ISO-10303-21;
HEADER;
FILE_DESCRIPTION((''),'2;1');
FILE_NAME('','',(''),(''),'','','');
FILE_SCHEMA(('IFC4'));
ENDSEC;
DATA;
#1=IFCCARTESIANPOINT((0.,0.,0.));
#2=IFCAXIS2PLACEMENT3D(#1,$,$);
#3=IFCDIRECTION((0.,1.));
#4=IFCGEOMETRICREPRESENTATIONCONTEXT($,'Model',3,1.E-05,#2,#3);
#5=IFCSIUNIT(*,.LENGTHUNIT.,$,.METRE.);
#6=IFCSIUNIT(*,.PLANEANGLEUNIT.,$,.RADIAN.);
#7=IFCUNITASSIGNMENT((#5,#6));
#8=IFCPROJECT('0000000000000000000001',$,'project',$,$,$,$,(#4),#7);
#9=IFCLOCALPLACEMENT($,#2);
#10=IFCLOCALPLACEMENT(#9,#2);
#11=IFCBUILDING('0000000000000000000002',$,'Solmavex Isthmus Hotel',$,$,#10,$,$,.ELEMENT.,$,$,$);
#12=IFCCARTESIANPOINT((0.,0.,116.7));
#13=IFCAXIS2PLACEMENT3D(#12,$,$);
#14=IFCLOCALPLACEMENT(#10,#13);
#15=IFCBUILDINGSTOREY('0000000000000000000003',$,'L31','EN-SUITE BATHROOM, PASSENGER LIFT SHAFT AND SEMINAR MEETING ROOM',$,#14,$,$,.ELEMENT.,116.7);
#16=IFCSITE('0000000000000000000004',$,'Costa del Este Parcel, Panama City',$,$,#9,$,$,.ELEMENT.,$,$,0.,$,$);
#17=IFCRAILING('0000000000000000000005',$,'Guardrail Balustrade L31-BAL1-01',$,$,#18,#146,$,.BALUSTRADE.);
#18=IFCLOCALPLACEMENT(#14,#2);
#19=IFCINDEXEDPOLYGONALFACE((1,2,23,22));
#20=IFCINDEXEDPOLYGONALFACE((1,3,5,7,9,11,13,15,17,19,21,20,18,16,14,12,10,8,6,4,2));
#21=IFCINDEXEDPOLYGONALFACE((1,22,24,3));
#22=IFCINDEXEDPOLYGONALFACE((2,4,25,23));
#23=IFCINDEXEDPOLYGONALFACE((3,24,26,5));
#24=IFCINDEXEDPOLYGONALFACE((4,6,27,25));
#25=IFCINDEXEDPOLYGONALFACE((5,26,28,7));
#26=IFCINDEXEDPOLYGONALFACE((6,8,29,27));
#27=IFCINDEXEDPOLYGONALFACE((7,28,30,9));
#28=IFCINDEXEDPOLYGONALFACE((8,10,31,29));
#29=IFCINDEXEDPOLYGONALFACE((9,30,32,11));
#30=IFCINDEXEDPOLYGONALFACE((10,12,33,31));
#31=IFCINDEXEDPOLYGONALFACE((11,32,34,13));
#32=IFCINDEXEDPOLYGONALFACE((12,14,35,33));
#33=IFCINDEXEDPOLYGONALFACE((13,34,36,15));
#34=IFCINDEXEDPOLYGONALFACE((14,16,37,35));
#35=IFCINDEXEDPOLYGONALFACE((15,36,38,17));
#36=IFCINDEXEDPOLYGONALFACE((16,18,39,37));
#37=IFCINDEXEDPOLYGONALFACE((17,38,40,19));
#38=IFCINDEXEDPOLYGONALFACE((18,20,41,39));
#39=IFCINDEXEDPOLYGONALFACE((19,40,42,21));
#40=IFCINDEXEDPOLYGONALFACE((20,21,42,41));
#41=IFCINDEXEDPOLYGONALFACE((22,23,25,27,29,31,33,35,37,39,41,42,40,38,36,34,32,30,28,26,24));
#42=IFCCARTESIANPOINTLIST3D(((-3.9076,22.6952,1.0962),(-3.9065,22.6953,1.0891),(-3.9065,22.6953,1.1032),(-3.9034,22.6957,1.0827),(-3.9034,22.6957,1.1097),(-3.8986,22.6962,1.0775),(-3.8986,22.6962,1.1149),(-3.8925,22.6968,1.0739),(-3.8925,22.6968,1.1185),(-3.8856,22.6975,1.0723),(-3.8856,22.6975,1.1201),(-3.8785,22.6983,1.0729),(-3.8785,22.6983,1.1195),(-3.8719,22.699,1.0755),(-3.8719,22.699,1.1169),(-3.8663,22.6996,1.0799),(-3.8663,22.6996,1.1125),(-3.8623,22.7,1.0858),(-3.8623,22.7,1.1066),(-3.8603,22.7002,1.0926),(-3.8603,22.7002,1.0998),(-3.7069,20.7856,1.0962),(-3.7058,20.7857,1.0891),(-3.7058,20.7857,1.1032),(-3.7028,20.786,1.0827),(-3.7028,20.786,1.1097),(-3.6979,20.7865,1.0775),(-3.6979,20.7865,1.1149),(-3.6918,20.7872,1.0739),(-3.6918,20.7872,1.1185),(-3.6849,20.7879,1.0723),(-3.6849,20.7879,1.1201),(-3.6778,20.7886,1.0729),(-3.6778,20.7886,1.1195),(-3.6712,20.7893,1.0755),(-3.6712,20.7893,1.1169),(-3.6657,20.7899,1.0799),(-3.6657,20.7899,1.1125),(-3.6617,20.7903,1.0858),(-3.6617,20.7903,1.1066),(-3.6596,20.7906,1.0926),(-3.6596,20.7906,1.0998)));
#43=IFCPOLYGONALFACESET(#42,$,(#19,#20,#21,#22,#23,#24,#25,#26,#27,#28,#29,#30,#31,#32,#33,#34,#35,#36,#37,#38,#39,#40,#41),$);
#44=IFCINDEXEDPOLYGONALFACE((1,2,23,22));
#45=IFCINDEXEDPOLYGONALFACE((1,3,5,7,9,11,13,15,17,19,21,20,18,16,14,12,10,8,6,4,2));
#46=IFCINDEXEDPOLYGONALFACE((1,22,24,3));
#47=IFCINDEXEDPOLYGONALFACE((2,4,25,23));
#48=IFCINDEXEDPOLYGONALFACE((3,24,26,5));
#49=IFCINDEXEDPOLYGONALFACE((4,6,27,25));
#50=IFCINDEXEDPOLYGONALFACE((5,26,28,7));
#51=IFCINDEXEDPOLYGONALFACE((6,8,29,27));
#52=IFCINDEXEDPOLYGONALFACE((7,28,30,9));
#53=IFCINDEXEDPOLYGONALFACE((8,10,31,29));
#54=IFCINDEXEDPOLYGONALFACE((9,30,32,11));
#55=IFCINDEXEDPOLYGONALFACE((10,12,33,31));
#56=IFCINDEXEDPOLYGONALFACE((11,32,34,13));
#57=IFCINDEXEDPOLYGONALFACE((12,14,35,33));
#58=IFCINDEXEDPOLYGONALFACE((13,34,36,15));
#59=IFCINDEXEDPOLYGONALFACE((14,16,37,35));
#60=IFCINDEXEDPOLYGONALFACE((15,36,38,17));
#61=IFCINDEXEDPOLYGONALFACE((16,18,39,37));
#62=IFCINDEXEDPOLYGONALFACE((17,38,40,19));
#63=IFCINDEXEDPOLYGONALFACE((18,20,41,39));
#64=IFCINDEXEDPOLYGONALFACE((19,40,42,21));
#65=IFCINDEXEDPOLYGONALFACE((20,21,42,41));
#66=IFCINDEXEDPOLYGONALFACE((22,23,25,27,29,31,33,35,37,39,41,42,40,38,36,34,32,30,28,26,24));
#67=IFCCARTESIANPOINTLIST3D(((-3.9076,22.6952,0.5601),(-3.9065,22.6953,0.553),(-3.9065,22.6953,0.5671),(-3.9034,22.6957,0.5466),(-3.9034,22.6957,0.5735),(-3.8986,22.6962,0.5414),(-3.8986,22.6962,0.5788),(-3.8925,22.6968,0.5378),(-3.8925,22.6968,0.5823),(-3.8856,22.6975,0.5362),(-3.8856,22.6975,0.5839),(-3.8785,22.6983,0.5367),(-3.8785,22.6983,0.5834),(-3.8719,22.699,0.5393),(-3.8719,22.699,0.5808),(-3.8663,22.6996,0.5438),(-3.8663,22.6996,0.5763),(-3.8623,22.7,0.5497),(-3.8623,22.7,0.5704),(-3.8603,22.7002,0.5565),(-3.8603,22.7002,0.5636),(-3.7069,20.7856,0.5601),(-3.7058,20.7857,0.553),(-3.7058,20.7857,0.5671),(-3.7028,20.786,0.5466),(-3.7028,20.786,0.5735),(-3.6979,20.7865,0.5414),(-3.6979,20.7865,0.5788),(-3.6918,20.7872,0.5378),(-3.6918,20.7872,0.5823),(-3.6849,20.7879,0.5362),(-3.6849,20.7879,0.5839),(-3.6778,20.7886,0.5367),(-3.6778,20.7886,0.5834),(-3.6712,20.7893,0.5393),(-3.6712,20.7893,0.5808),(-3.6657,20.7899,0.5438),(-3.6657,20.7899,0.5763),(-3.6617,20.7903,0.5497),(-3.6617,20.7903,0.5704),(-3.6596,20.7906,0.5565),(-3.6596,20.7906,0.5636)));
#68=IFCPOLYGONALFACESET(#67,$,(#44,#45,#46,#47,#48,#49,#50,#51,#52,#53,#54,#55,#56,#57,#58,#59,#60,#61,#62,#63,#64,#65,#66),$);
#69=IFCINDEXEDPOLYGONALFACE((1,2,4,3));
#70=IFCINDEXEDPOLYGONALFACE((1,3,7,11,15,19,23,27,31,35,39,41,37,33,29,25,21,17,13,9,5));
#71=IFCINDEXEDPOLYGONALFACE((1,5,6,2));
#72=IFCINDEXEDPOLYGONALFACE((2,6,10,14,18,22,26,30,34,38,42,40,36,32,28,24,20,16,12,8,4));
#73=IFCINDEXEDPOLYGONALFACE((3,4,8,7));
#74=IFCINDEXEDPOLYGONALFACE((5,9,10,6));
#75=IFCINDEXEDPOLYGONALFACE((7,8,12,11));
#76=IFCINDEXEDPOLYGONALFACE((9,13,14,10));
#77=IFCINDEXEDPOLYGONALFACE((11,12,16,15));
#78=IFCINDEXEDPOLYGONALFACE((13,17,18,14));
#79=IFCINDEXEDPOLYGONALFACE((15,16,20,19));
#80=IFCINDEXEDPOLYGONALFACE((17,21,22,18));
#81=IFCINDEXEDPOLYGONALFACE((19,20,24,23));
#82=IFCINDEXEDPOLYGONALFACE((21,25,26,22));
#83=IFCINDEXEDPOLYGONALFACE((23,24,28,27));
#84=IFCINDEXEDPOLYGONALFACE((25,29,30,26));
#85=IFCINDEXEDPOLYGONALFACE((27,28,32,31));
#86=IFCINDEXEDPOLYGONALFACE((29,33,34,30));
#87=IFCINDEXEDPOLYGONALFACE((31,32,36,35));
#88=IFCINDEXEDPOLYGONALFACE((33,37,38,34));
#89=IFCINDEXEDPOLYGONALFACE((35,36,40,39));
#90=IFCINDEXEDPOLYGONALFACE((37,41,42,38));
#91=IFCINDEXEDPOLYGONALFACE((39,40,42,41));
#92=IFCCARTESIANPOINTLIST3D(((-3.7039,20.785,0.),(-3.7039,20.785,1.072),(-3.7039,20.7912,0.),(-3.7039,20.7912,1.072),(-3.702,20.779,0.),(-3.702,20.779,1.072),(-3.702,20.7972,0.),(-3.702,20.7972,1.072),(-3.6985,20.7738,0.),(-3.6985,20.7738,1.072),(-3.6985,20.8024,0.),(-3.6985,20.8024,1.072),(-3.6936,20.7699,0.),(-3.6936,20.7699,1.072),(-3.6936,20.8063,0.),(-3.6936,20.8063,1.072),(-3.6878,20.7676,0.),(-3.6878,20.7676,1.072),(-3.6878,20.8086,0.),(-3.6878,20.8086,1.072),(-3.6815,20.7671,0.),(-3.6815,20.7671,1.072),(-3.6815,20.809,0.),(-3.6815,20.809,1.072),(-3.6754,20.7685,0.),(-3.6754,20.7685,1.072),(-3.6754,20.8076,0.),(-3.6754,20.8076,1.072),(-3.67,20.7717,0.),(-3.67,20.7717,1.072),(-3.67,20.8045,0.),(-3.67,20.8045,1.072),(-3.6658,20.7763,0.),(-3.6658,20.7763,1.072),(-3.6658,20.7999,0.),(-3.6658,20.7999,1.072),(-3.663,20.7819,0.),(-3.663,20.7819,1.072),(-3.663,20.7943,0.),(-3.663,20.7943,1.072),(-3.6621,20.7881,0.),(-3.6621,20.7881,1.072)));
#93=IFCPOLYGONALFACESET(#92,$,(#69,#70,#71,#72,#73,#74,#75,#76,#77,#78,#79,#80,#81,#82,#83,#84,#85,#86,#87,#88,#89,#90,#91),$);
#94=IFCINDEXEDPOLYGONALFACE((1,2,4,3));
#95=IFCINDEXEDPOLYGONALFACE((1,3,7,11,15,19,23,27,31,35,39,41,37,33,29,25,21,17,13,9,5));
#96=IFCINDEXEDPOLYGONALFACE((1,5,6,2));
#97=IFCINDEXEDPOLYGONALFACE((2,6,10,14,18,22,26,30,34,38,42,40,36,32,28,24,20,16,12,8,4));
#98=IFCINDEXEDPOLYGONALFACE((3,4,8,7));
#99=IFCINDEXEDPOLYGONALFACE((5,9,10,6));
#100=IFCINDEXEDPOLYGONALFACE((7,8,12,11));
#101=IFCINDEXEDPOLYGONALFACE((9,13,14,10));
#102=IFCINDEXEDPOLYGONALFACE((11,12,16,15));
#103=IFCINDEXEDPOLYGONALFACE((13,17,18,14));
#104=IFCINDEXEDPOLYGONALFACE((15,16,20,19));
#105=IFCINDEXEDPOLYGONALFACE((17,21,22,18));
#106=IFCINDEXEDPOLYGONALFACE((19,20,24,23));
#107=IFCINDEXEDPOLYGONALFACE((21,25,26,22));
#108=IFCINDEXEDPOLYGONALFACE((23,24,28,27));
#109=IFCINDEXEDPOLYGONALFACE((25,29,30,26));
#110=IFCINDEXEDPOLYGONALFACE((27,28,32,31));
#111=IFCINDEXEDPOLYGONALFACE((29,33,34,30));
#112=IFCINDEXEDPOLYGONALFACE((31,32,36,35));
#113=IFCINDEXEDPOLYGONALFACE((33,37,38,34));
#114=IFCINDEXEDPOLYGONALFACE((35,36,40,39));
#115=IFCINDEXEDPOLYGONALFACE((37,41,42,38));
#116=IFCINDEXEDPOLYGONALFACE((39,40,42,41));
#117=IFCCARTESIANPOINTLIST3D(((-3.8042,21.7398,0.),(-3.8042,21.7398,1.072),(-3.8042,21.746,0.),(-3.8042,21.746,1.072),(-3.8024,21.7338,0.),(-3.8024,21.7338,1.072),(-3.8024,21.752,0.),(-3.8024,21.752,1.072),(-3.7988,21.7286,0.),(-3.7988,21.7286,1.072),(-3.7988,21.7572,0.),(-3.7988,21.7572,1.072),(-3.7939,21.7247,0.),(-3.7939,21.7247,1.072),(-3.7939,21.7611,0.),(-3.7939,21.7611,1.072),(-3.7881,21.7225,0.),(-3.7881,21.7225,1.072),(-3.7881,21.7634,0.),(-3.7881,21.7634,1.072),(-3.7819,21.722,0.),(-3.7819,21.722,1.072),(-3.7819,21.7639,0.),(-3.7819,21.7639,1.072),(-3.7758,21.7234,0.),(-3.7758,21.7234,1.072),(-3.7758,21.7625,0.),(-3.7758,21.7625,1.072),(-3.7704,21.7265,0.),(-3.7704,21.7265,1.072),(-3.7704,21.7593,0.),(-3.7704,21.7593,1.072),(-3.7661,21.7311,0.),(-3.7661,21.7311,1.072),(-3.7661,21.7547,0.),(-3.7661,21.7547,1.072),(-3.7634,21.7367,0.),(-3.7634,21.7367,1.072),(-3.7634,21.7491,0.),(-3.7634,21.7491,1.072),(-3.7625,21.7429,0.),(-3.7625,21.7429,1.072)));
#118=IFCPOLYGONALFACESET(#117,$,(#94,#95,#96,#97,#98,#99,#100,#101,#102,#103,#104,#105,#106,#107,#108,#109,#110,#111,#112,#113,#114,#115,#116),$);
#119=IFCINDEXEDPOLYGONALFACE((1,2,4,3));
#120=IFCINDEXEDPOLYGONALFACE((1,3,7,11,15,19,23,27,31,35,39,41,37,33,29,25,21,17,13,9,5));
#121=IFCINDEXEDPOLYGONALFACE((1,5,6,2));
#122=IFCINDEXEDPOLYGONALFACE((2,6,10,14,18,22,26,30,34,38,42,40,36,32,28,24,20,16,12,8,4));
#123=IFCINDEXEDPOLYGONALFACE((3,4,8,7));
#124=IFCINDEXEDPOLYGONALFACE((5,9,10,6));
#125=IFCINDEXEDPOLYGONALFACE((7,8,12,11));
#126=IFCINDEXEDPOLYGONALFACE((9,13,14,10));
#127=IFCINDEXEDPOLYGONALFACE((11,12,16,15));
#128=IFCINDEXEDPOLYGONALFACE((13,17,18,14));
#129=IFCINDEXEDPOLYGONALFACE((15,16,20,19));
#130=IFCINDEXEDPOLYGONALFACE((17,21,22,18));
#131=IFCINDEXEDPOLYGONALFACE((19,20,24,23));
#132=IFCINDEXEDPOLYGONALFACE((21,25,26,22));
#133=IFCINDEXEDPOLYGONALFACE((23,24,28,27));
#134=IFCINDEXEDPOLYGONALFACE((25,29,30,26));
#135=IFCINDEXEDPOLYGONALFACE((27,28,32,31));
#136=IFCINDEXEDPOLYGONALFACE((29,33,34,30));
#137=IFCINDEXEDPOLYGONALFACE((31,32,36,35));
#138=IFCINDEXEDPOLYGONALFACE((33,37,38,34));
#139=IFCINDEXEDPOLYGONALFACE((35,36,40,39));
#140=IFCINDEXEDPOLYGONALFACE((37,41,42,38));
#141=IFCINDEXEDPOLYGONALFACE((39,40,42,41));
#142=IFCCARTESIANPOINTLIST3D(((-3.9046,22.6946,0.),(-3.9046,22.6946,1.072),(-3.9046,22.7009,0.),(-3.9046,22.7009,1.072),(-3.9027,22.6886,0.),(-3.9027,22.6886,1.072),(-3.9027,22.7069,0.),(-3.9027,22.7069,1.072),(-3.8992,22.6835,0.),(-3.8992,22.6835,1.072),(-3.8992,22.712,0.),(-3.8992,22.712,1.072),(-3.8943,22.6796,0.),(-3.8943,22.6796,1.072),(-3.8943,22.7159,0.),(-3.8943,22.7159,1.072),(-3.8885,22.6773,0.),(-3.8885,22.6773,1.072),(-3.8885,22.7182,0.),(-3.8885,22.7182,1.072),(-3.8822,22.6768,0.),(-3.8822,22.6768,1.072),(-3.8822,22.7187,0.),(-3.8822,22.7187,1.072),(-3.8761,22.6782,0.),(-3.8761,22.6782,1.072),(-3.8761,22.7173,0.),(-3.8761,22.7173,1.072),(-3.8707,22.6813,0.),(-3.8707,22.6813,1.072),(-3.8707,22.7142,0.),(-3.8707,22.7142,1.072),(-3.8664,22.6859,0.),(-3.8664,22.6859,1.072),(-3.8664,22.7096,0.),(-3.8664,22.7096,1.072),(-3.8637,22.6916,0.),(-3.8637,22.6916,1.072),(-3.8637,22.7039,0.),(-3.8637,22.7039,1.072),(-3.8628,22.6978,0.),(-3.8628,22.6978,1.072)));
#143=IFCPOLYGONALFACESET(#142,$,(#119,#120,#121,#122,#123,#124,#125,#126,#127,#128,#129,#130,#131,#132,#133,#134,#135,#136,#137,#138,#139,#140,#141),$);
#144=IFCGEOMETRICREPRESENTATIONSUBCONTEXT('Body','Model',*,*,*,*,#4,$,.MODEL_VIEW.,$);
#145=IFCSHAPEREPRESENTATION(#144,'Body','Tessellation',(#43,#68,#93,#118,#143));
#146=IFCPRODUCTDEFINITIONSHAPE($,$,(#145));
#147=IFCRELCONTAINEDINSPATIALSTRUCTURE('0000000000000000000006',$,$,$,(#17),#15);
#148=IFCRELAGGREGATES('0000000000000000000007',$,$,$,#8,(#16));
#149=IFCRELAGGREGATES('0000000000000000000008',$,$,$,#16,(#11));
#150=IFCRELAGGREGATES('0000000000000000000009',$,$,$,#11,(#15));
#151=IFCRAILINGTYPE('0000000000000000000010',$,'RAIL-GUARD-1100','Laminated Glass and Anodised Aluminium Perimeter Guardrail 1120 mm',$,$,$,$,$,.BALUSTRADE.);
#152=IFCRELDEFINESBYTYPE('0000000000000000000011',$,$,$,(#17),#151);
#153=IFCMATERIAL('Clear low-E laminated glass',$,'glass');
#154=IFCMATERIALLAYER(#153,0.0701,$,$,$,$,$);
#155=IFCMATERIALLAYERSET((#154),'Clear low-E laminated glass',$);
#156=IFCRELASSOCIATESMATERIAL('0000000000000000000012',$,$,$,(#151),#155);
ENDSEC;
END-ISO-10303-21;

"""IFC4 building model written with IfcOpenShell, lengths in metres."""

from ifc_helpers import new_model, si_unit, direction, frame, origin, origin_2d, place, context, subcontext, project, spatial, circle, extrude, material, layer, layer_set, type_object, element, save


model = new_model("IFC4")

# Units and contexts
model_context = context("Model", 3, precision=1e-05, world=origin(), true_north=direction((0.0, 1.0)))
body_context = subcontext(model_context, "Body", "Model", "MODEL_VIEW")
ifc_project = project(units=[si_unit("LENGTHUNIT", "METRE"), si_unit("PLANEANGLEUNIT", "RADIAN")], contexts=[model_context])

# Site, building, storey
site_placement = place(None, origin())
site = spatial("IfcSite", under=ifc_project, at=site_placement, Name="Costa del Este Parcel, Panama City", CompositionType="ELEMENT", RefElevation=0.0)
building_placement = place(site_placement, origin())
building = spatial("IfcBuilding", under=site, at=building_placement, Name="Solmavex Isthmus Hotel", CompositionType="ELEMENT")
storey_placement = place(building_placement, frame((0.0, 0.0, 116.7)))
storey = spatial("IfcBuildingStorey", under=building, at=storey_placement, Name="L31", Description="EN-SUITE BATHROOM, PASSENGER LIFT SHAFT AND SEMINAR MEETING ROOM", CompositionType="ELEMENT", Elevation=116.7)

# Shared definitions
ifc_material_1 = material(Name="Clear low-E laminated glass", Category="glass")

# Railing
ifc_layer_1 = layer(ifc_material_1, 0.0701)
ifc_layer_set_1 = layer_set([ifc_layer_1], Name="Clear low-E laminated glass")
railing_type = type_object("IfcRailingType", Name="RAIL-GUARD-1100", Description="Laminated Glass and Anodised Aluminium Perimeter Guardrail 1120 mm", PredefinedType="BALUSTRADE", material=ifc_layer_set_1)
railing_1_placement = place(storey_placement, frame((-3.6831, 20.7881, 0.0)))
element("IfcRailing", 1, at=railing_1_placement, inside=storey, type_object=railing_type, Name="Guardrail Balustrade L31-BAL1-01", PredefinedType="BALUSTRADE", context=body_context, shape_type="SweptSolid", body=[
    extrude(circle(Radius=0.0239, at=origin_2d()), frame((0.0, 0.0, 1.0962), z_axis=(-0.104513, 0.994524, 0.0), x_axis=(-0.994524, -0.104513, 0.0)), (0.0, 0.0, 1.0), 1.9202),
    extrude(circle(Radius=0.0239, at=origin_2d()), frame((0.0, 0.0, 0.5601), z_axis=(-0.104513, 0.994524, 0.0), x_axis=(-0.994524, -0.104513, 0.0)), (0.0, 0.0, 1.0), 1.9202),
    extrude(circle(Radius=0.021, at=origin_2d()), origin(), (0.0, 0.0, 1.0), 1.072),
    extrude(circle(Radius=0.021, at=origin_2d()), frame((-0.1003, 0.9548, 0.0)), (0.0, 0.0, 1.0), 1.072),
    extrude(circle(Radius=0.021, at=origin_2d()), frame((-0.2007, 1.9097, 0.0)), (0.0, 0.0, 1.0), 1.072),
])

save(model, "model.ifc")
